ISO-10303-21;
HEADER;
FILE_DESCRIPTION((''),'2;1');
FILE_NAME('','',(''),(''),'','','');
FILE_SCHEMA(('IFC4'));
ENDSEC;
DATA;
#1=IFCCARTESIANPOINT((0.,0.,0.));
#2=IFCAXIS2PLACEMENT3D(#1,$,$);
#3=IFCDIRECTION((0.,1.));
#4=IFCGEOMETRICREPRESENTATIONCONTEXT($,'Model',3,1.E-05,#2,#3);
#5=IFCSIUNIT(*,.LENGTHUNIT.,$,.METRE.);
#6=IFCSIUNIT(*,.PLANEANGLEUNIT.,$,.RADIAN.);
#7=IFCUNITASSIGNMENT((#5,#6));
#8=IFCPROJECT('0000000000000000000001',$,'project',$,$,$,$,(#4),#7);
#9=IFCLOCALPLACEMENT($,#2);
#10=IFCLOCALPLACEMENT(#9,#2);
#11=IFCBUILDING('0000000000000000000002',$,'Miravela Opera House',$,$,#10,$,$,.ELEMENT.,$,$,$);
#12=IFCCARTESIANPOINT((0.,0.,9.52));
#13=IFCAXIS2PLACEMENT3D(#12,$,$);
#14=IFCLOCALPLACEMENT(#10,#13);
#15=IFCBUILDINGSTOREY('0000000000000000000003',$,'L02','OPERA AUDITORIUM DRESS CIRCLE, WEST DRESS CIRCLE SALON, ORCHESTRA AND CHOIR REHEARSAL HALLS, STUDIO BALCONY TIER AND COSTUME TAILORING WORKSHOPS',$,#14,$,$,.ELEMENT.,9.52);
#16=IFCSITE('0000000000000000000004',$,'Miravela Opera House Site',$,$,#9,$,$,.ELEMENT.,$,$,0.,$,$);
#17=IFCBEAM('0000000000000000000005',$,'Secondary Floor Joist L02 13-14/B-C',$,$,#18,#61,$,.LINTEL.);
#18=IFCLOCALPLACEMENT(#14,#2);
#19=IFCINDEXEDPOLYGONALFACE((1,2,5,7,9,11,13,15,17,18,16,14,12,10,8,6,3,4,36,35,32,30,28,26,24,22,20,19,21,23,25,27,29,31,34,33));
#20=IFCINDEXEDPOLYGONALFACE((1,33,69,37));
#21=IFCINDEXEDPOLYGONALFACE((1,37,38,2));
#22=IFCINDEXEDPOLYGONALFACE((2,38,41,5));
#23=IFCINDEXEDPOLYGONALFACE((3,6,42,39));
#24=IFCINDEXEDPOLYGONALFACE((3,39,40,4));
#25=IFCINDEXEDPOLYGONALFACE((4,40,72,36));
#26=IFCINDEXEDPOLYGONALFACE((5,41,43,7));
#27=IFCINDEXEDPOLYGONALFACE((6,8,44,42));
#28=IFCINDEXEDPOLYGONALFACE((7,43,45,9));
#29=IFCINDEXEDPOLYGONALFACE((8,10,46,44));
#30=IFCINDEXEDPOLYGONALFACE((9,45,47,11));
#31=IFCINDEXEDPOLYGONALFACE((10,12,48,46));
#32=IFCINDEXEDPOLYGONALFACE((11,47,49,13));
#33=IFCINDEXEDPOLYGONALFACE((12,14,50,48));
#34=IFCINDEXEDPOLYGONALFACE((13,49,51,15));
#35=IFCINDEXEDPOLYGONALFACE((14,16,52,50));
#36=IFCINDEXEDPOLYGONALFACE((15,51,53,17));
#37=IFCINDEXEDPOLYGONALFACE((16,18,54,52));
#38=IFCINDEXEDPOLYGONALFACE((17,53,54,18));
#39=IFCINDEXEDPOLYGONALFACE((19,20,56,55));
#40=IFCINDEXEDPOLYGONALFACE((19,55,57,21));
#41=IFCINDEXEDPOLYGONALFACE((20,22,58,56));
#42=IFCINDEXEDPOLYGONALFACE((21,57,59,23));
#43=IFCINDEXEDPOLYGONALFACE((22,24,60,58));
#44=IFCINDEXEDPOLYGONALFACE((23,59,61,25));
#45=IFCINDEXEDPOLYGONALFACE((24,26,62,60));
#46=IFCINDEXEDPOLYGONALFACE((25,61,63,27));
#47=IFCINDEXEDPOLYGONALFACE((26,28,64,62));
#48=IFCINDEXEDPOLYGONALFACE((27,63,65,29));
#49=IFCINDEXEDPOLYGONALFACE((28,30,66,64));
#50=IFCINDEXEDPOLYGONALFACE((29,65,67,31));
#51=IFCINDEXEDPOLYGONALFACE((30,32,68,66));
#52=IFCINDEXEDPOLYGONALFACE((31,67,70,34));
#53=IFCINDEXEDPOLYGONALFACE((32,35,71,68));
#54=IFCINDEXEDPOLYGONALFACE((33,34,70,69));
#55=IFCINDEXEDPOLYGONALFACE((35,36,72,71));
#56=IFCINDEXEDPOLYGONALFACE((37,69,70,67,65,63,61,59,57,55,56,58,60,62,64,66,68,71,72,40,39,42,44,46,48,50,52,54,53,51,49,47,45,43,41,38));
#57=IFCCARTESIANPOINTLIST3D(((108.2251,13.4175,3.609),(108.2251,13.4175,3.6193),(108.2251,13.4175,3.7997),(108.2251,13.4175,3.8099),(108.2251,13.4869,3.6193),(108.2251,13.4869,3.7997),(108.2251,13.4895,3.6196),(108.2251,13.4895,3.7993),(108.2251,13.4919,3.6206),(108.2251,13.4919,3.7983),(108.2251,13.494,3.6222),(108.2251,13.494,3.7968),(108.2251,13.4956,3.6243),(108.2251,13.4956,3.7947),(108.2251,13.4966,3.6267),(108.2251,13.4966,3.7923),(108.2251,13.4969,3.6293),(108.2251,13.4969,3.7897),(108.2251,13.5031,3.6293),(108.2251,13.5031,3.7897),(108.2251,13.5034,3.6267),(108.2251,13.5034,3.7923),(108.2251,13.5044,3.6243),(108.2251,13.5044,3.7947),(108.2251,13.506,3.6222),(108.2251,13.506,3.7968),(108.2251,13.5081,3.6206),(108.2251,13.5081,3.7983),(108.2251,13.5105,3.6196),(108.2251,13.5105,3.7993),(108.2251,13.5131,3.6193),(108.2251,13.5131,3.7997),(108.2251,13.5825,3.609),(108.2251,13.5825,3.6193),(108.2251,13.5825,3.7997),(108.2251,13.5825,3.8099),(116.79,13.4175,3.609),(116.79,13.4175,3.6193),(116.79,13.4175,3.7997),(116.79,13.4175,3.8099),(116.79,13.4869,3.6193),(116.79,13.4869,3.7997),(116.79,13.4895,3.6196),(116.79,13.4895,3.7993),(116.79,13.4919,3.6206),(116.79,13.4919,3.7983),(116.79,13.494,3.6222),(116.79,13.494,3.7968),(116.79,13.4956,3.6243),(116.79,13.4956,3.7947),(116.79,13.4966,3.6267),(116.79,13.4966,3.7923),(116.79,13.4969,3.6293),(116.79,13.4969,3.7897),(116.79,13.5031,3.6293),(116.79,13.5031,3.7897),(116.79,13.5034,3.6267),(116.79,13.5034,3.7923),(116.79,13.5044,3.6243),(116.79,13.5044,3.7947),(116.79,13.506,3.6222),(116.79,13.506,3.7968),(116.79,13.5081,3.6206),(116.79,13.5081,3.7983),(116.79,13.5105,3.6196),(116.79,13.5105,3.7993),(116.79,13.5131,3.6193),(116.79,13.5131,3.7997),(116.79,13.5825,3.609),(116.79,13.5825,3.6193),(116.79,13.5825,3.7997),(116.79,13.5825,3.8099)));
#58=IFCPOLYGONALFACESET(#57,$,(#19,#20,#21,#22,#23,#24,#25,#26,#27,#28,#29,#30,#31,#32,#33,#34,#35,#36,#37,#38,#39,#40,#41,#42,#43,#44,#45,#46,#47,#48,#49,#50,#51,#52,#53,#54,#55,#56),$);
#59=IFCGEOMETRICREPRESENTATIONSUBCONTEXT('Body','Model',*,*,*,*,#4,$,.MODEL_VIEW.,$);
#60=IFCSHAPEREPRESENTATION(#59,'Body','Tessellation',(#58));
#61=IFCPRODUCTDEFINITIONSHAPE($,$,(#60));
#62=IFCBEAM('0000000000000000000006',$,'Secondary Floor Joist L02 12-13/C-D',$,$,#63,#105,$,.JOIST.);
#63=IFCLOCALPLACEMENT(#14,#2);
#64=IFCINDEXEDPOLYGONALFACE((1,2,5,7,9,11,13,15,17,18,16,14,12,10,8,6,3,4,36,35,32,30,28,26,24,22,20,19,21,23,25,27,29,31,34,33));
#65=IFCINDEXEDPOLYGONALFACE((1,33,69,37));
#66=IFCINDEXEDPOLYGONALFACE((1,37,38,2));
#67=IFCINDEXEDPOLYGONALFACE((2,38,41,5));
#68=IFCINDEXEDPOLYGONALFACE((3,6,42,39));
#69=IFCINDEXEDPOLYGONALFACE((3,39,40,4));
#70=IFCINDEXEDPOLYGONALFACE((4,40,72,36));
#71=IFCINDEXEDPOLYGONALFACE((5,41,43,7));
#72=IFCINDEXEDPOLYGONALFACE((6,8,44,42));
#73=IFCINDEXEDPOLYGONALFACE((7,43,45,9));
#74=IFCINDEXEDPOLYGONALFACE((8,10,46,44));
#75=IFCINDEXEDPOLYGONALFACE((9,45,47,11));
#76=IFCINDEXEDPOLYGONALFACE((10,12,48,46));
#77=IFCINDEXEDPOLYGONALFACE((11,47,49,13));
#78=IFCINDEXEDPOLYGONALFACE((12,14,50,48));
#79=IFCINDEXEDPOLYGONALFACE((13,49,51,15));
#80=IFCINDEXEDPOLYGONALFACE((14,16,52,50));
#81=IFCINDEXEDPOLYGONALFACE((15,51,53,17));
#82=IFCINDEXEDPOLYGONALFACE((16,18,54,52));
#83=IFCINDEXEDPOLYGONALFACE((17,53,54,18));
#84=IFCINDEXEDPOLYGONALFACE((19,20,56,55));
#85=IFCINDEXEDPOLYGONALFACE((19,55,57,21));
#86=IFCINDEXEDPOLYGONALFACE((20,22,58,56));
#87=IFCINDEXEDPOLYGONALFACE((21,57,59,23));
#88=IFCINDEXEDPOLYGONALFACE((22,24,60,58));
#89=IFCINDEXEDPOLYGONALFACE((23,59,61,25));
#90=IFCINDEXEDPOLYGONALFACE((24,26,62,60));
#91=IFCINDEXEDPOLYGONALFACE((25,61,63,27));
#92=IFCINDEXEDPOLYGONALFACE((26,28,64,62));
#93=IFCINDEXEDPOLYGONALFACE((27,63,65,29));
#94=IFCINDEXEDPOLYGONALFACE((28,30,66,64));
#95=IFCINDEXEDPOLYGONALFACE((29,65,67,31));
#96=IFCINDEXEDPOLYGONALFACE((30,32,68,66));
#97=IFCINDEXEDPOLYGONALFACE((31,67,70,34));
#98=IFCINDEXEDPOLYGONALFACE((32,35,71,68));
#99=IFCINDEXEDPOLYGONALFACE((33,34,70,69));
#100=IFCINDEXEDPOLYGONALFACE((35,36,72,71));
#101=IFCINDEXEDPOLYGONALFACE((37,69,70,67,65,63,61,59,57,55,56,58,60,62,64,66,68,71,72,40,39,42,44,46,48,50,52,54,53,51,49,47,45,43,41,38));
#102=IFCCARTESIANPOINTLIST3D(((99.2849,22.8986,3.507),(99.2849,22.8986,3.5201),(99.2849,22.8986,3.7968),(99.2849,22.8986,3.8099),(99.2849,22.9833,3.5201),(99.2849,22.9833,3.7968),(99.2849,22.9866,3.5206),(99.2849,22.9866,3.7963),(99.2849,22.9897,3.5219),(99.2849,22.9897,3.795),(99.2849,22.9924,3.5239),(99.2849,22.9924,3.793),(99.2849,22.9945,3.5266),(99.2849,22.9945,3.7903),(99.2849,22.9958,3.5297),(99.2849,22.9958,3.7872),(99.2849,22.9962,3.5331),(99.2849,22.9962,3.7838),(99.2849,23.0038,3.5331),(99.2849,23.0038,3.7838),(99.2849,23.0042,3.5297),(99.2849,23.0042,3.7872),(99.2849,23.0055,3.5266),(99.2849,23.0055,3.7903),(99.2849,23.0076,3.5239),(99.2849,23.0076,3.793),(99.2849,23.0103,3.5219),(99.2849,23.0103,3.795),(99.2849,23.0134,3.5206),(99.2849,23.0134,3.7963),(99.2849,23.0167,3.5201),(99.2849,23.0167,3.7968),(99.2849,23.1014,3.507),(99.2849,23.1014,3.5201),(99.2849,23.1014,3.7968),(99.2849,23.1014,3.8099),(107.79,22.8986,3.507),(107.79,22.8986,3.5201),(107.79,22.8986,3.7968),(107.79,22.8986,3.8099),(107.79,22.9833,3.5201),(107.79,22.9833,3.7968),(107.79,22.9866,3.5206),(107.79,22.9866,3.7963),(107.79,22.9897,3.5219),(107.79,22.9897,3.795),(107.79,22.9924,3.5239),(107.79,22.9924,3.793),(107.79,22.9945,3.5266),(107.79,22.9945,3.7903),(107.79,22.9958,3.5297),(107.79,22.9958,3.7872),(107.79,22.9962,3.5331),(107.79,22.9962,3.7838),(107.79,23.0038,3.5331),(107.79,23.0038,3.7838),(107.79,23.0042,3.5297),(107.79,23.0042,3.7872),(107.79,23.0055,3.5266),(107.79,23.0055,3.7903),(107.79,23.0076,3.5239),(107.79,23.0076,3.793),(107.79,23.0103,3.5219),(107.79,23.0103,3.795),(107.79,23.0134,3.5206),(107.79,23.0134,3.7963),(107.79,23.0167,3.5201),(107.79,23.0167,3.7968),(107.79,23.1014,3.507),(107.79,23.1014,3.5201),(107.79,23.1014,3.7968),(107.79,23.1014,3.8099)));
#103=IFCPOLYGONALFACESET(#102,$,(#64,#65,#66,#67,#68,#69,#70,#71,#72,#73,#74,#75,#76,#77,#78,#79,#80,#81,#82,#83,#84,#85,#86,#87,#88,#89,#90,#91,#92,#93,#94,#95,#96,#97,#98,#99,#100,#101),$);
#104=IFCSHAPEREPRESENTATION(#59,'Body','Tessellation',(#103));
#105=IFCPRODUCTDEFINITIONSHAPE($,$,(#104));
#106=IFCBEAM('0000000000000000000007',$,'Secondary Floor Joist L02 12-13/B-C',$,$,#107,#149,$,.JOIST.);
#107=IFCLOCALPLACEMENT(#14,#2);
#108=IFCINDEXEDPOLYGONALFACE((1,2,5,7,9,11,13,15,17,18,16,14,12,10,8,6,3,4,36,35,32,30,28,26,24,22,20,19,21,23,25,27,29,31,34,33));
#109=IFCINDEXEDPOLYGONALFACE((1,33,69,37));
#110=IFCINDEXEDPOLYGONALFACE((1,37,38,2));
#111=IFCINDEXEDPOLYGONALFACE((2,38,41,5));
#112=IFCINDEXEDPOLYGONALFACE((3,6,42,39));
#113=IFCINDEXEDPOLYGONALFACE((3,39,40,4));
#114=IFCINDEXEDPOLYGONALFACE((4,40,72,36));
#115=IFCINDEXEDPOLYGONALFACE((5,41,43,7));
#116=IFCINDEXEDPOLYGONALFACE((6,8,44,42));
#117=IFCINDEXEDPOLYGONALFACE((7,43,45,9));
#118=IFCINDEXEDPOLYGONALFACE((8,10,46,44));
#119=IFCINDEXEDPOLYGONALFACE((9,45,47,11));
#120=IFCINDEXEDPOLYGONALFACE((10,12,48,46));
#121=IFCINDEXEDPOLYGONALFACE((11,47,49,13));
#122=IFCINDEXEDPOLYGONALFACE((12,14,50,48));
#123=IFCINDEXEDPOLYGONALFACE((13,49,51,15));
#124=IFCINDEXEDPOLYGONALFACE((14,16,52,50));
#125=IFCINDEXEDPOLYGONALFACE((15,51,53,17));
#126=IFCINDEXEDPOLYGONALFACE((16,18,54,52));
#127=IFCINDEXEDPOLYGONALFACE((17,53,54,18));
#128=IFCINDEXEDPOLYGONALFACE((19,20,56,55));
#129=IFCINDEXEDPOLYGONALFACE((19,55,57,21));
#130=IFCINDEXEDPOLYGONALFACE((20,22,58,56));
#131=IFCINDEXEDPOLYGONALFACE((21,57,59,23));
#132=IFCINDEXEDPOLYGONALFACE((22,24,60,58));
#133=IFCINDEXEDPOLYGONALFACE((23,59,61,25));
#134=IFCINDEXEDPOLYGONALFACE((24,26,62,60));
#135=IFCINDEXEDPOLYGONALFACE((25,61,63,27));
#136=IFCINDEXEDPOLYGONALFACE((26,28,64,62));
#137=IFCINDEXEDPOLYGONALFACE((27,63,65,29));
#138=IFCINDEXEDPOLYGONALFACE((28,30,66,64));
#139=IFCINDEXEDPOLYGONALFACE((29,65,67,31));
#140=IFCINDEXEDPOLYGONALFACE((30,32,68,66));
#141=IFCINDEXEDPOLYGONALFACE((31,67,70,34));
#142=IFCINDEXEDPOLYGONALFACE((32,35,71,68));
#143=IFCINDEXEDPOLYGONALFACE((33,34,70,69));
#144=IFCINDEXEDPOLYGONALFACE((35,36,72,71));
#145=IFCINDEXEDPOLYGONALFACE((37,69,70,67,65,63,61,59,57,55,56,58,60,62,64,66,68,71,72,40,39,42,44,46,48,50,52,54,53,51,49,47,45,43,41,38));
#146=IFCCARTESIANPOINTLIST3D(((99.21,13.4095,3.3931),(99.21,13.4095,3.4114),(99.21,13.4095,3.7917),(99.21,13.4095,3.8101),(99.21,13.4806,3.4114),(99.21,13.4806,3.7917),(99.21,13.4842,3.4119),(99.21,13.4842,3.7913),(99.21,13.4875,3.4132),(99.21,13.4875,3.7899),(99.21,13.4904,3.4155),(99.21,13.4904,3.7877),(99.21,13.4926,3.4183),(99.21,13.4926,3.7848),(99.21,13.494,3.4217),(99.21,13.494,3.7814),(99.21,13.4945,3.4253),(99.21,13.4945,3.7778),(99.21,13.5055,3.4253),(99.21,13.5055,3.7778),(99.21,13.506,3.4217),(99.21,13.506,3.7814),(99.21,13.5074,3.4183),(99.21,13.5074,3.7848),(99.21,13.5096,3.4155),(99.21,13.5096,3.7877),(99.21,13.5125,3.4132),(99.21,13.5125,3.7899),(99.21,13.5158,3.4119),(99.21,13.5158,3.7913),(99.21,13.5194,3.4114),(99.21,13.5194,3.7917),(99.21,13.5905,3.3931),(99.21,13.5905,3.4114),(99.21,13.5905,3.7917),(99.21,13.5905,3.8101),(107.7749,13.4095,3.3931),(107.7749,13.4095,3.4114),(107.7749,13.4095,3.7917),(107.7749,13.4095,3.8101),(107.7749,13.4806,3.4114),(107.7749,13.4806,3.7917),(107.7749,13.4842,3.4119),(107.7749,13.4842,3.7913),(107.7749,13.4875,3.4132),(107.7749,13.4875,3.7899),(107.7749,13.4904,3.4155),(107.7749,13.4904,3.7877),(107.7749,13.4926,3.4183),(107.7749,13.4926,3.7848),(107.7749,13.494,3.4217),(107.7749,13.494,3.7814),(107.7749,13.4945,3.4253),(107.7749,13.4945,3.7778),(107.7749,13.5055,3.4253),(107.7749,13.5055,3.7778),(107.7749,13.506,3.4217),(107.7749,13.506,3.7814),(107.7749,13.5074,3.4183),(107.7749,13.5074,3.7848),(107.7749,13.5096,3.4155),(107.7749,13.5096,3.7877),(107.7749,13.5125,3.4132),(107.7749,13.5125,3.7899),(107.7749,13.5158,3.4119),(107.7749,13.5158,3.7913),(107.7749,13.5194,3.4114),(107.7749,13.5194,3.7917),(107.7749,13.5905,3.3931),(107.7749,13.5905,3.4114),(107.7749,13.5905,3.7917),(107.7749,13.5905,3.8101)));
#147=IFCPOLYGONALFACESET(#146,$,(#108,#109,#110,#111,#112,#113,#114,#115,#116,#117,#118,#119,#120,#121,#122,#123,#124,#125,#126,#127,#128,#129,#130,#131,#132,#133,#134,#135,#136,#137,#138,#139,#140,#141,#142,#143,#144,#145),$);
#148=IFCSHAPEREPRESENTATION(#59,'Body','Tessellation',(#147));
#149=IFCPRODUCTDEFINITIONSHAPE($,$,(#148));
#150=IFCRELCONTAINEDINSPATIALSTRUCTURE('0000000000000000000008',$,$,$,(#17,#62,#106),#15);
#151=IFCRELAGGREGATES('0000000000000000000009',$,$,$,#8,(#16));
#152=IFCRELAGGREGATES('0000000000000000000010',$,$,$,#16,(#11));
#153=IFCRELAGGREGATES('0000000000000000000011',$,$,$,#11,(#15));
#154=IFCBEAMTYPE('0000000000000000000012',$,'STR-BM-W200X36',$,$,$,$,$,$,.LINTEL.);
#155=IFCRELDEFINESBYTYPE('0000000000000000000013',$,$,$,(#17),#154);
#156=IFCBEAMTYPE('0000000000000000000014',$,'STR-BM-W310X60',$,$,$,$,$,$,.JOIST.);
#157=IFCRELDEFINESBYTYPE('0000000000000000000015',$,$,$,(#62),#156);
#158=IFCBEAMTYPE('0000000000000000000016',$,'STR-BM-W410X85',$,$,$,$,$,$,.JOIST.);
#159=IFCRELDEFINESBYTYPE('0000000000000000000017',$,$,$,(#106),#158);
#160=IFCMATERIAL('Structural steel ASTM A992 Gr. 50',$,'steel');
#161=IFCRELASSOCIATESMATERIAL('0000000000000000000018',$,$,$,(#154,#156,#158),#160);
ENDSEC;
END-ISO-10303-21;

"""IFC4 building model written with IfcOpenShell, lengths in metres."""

from ifc_helpers import new_model, si_unit, direction, frame, origin, origin_2d, place, context, subcontext, project, spatial, i_section, extrude, material, material_profile, profile_set, type_object, element, save


model = new_model("IFC4")

# Units and contexts
model_context = context("Model", 3, precision=1e-05, world=origin(), true_north=direction((0.0, 1.0)))
body_context = subcontext(model_context, "Body", "Model", "MODEL_VIEW")
ifc_project = project(units=[si_unit("LENGTHUNIT", "METRE"), si_unit("PLANEANGLEUNIT", "RADIAN")], contexts=[model_context])

# Site, building, storey
site_placement = place(None, origin())
site = spatial("IfcSite", under=ifc_project, at=site_placement, Name="Miravela Opera House Site", CompositionType="ELEMENT", RefElevation=0.0)
building_placement = place(site_placement, origin())
building = spatial("IfcBuilding", under=site, at=building_placement, Name="Miravela Opera House", CompositionType="ELEMENT")
storey_placement = place(building_placement, frame((0.0, 0.0, 9.52)))
storey = spatial("IfcBuildingStorey", under=building, at=storey_placement, Name="L02", Description="OPERA AUDITORIUM DRESS CIRCLE, WEST DRESS CIRCLE SALON, ORCHESTRA AND CHOIR REHEARSAL HALLS, STUDIO BALCONY TIER AND COSTUME TAILORING WORKSHOPS", CompositionType="ELEMENT", Elevation=9.52)

# Beams
ifc_material_1 = material(Name="Structural steel ASTM A992 Gr. 50", Category="steel")
ifc_material_profile_1 = material_profile(ifc_material_1, i_section(OverallWidth=0.165, OverallDepth=0.2009, WebThickness=0.0061, FlangeThickness=0.0103, FilletRadius=0.01, at=origin_2d()), Name="W200X36")
ifc_profile_set_1 = profile_set([ifc_material_profile_1])
beam_type_1 = type_object("IfcBeamType", Name="STR-BM-W200X36", PredefinedType="LINTEL", material=ifc_profile_set_1)
beam_1_placement = place(storey_placement, frame((108.2251, 13.5, 3.7095), z_axis=(1.0, 0.0, 0.0), x_axis=(0.0, 1.0, 0.0)))
element("IfcBeam", 1, at=beam_1_placement, inside=storey, type_object=beam_type_1, Name="Secondary Floor Joist L02 13-14/B-C", PredefinedType="LINTEL", context=body_context, shape_type="SweptSolid", body=[
    extrude(i_section(OverallWidth=0.165, OverallDepth=0.2009, WebThickness=0.0061, FlangeThickness=0.0103, FilletRadius=0.01, at=origin_2d()), origin(), (0.0, 0.0, 1.0), 8.5649),
])
ifc_material_profile_2 = material_profile(ifc_material_1, i_section(OverallWidth=0.2029, OverallDepth=0.303, WebThickness=0.0076, FlangeThickness=0.0132, FilletRadius=0.0129, at=origin_2d()), Name="W310X60")
ifc_profile_set_2 = profile_set([ifc_material_profile_2])
beam_type_2 = type_object("IfcBeamType", Name="STR-BM-W310X60", PredefinedType="JOIST", material=ifc_profile_set_2)
beam_2_placement = place(storey_placement, frame((99.2849, 23.0, 3.6584), z_axis=(1.0, 0.0, 0.0), x_axis=(0.0, 1.0, 0.0)))
element("IfcBeam", 2, at=beam_2_placement, inside=storey, type_object=beam_type_2, Name="Secondary Floor Joist L02 12-13/C-D", PredefinedType="JOIST", context=body_context, shape_type="SweptSolid", body=[
    extrude(i_section(OverallWidth=0.2029, OverallDepth=0.303, WebThickness=0.0076, FlangeThickness=0.0132, FilletRadius=0.0129, at=origin_2d()), origin(), (0.0, 0.0, 1.0), 8.5051),
])
ifc_material_profile_3 = material_profile(ifc_material_1, i_section(OverallWidth=0.1809, OverallDepth=0.417, WebThickness=0.011, FlangeThickness=0.0183, FilletRadius=0.0139, at=origin_2d()), Name="W410X85")
ifc_profile_set_3 = profile_set([ifc_material_profile_3])
beam_type_3 = type_object("IfcBeamType", Name="STR-BM-W410X85", PredefinedType="JOIST", material=ifc_profile_set_3)
beam_3_placement = place(storey_placement, frame((99.21, 13.5, 3.6016), z_axis=(1.0, 0.0, 0.0), x_axis=(0.0, 1.0, 0.0)))
element("IfcBeam", 3, at=beam_3_placement, inside=storey, type_object=beam_type_3, Name="Secondary Floor Joist L02 12-13/B-C", PredefinedType="JOIST", context=body_context, shape_type="SweptSolid", body=[
    extrude(i_section(OverallWidth=0.1809, OverallDepth=0.417, WebThickness=0.011, FlangeThickness=0.0183, FilletRadius=0.0139, at=origin_2d()), origin(), (0.0, 0.0, 1.0), 8.5649),
])

save(model, "model.ifc")
